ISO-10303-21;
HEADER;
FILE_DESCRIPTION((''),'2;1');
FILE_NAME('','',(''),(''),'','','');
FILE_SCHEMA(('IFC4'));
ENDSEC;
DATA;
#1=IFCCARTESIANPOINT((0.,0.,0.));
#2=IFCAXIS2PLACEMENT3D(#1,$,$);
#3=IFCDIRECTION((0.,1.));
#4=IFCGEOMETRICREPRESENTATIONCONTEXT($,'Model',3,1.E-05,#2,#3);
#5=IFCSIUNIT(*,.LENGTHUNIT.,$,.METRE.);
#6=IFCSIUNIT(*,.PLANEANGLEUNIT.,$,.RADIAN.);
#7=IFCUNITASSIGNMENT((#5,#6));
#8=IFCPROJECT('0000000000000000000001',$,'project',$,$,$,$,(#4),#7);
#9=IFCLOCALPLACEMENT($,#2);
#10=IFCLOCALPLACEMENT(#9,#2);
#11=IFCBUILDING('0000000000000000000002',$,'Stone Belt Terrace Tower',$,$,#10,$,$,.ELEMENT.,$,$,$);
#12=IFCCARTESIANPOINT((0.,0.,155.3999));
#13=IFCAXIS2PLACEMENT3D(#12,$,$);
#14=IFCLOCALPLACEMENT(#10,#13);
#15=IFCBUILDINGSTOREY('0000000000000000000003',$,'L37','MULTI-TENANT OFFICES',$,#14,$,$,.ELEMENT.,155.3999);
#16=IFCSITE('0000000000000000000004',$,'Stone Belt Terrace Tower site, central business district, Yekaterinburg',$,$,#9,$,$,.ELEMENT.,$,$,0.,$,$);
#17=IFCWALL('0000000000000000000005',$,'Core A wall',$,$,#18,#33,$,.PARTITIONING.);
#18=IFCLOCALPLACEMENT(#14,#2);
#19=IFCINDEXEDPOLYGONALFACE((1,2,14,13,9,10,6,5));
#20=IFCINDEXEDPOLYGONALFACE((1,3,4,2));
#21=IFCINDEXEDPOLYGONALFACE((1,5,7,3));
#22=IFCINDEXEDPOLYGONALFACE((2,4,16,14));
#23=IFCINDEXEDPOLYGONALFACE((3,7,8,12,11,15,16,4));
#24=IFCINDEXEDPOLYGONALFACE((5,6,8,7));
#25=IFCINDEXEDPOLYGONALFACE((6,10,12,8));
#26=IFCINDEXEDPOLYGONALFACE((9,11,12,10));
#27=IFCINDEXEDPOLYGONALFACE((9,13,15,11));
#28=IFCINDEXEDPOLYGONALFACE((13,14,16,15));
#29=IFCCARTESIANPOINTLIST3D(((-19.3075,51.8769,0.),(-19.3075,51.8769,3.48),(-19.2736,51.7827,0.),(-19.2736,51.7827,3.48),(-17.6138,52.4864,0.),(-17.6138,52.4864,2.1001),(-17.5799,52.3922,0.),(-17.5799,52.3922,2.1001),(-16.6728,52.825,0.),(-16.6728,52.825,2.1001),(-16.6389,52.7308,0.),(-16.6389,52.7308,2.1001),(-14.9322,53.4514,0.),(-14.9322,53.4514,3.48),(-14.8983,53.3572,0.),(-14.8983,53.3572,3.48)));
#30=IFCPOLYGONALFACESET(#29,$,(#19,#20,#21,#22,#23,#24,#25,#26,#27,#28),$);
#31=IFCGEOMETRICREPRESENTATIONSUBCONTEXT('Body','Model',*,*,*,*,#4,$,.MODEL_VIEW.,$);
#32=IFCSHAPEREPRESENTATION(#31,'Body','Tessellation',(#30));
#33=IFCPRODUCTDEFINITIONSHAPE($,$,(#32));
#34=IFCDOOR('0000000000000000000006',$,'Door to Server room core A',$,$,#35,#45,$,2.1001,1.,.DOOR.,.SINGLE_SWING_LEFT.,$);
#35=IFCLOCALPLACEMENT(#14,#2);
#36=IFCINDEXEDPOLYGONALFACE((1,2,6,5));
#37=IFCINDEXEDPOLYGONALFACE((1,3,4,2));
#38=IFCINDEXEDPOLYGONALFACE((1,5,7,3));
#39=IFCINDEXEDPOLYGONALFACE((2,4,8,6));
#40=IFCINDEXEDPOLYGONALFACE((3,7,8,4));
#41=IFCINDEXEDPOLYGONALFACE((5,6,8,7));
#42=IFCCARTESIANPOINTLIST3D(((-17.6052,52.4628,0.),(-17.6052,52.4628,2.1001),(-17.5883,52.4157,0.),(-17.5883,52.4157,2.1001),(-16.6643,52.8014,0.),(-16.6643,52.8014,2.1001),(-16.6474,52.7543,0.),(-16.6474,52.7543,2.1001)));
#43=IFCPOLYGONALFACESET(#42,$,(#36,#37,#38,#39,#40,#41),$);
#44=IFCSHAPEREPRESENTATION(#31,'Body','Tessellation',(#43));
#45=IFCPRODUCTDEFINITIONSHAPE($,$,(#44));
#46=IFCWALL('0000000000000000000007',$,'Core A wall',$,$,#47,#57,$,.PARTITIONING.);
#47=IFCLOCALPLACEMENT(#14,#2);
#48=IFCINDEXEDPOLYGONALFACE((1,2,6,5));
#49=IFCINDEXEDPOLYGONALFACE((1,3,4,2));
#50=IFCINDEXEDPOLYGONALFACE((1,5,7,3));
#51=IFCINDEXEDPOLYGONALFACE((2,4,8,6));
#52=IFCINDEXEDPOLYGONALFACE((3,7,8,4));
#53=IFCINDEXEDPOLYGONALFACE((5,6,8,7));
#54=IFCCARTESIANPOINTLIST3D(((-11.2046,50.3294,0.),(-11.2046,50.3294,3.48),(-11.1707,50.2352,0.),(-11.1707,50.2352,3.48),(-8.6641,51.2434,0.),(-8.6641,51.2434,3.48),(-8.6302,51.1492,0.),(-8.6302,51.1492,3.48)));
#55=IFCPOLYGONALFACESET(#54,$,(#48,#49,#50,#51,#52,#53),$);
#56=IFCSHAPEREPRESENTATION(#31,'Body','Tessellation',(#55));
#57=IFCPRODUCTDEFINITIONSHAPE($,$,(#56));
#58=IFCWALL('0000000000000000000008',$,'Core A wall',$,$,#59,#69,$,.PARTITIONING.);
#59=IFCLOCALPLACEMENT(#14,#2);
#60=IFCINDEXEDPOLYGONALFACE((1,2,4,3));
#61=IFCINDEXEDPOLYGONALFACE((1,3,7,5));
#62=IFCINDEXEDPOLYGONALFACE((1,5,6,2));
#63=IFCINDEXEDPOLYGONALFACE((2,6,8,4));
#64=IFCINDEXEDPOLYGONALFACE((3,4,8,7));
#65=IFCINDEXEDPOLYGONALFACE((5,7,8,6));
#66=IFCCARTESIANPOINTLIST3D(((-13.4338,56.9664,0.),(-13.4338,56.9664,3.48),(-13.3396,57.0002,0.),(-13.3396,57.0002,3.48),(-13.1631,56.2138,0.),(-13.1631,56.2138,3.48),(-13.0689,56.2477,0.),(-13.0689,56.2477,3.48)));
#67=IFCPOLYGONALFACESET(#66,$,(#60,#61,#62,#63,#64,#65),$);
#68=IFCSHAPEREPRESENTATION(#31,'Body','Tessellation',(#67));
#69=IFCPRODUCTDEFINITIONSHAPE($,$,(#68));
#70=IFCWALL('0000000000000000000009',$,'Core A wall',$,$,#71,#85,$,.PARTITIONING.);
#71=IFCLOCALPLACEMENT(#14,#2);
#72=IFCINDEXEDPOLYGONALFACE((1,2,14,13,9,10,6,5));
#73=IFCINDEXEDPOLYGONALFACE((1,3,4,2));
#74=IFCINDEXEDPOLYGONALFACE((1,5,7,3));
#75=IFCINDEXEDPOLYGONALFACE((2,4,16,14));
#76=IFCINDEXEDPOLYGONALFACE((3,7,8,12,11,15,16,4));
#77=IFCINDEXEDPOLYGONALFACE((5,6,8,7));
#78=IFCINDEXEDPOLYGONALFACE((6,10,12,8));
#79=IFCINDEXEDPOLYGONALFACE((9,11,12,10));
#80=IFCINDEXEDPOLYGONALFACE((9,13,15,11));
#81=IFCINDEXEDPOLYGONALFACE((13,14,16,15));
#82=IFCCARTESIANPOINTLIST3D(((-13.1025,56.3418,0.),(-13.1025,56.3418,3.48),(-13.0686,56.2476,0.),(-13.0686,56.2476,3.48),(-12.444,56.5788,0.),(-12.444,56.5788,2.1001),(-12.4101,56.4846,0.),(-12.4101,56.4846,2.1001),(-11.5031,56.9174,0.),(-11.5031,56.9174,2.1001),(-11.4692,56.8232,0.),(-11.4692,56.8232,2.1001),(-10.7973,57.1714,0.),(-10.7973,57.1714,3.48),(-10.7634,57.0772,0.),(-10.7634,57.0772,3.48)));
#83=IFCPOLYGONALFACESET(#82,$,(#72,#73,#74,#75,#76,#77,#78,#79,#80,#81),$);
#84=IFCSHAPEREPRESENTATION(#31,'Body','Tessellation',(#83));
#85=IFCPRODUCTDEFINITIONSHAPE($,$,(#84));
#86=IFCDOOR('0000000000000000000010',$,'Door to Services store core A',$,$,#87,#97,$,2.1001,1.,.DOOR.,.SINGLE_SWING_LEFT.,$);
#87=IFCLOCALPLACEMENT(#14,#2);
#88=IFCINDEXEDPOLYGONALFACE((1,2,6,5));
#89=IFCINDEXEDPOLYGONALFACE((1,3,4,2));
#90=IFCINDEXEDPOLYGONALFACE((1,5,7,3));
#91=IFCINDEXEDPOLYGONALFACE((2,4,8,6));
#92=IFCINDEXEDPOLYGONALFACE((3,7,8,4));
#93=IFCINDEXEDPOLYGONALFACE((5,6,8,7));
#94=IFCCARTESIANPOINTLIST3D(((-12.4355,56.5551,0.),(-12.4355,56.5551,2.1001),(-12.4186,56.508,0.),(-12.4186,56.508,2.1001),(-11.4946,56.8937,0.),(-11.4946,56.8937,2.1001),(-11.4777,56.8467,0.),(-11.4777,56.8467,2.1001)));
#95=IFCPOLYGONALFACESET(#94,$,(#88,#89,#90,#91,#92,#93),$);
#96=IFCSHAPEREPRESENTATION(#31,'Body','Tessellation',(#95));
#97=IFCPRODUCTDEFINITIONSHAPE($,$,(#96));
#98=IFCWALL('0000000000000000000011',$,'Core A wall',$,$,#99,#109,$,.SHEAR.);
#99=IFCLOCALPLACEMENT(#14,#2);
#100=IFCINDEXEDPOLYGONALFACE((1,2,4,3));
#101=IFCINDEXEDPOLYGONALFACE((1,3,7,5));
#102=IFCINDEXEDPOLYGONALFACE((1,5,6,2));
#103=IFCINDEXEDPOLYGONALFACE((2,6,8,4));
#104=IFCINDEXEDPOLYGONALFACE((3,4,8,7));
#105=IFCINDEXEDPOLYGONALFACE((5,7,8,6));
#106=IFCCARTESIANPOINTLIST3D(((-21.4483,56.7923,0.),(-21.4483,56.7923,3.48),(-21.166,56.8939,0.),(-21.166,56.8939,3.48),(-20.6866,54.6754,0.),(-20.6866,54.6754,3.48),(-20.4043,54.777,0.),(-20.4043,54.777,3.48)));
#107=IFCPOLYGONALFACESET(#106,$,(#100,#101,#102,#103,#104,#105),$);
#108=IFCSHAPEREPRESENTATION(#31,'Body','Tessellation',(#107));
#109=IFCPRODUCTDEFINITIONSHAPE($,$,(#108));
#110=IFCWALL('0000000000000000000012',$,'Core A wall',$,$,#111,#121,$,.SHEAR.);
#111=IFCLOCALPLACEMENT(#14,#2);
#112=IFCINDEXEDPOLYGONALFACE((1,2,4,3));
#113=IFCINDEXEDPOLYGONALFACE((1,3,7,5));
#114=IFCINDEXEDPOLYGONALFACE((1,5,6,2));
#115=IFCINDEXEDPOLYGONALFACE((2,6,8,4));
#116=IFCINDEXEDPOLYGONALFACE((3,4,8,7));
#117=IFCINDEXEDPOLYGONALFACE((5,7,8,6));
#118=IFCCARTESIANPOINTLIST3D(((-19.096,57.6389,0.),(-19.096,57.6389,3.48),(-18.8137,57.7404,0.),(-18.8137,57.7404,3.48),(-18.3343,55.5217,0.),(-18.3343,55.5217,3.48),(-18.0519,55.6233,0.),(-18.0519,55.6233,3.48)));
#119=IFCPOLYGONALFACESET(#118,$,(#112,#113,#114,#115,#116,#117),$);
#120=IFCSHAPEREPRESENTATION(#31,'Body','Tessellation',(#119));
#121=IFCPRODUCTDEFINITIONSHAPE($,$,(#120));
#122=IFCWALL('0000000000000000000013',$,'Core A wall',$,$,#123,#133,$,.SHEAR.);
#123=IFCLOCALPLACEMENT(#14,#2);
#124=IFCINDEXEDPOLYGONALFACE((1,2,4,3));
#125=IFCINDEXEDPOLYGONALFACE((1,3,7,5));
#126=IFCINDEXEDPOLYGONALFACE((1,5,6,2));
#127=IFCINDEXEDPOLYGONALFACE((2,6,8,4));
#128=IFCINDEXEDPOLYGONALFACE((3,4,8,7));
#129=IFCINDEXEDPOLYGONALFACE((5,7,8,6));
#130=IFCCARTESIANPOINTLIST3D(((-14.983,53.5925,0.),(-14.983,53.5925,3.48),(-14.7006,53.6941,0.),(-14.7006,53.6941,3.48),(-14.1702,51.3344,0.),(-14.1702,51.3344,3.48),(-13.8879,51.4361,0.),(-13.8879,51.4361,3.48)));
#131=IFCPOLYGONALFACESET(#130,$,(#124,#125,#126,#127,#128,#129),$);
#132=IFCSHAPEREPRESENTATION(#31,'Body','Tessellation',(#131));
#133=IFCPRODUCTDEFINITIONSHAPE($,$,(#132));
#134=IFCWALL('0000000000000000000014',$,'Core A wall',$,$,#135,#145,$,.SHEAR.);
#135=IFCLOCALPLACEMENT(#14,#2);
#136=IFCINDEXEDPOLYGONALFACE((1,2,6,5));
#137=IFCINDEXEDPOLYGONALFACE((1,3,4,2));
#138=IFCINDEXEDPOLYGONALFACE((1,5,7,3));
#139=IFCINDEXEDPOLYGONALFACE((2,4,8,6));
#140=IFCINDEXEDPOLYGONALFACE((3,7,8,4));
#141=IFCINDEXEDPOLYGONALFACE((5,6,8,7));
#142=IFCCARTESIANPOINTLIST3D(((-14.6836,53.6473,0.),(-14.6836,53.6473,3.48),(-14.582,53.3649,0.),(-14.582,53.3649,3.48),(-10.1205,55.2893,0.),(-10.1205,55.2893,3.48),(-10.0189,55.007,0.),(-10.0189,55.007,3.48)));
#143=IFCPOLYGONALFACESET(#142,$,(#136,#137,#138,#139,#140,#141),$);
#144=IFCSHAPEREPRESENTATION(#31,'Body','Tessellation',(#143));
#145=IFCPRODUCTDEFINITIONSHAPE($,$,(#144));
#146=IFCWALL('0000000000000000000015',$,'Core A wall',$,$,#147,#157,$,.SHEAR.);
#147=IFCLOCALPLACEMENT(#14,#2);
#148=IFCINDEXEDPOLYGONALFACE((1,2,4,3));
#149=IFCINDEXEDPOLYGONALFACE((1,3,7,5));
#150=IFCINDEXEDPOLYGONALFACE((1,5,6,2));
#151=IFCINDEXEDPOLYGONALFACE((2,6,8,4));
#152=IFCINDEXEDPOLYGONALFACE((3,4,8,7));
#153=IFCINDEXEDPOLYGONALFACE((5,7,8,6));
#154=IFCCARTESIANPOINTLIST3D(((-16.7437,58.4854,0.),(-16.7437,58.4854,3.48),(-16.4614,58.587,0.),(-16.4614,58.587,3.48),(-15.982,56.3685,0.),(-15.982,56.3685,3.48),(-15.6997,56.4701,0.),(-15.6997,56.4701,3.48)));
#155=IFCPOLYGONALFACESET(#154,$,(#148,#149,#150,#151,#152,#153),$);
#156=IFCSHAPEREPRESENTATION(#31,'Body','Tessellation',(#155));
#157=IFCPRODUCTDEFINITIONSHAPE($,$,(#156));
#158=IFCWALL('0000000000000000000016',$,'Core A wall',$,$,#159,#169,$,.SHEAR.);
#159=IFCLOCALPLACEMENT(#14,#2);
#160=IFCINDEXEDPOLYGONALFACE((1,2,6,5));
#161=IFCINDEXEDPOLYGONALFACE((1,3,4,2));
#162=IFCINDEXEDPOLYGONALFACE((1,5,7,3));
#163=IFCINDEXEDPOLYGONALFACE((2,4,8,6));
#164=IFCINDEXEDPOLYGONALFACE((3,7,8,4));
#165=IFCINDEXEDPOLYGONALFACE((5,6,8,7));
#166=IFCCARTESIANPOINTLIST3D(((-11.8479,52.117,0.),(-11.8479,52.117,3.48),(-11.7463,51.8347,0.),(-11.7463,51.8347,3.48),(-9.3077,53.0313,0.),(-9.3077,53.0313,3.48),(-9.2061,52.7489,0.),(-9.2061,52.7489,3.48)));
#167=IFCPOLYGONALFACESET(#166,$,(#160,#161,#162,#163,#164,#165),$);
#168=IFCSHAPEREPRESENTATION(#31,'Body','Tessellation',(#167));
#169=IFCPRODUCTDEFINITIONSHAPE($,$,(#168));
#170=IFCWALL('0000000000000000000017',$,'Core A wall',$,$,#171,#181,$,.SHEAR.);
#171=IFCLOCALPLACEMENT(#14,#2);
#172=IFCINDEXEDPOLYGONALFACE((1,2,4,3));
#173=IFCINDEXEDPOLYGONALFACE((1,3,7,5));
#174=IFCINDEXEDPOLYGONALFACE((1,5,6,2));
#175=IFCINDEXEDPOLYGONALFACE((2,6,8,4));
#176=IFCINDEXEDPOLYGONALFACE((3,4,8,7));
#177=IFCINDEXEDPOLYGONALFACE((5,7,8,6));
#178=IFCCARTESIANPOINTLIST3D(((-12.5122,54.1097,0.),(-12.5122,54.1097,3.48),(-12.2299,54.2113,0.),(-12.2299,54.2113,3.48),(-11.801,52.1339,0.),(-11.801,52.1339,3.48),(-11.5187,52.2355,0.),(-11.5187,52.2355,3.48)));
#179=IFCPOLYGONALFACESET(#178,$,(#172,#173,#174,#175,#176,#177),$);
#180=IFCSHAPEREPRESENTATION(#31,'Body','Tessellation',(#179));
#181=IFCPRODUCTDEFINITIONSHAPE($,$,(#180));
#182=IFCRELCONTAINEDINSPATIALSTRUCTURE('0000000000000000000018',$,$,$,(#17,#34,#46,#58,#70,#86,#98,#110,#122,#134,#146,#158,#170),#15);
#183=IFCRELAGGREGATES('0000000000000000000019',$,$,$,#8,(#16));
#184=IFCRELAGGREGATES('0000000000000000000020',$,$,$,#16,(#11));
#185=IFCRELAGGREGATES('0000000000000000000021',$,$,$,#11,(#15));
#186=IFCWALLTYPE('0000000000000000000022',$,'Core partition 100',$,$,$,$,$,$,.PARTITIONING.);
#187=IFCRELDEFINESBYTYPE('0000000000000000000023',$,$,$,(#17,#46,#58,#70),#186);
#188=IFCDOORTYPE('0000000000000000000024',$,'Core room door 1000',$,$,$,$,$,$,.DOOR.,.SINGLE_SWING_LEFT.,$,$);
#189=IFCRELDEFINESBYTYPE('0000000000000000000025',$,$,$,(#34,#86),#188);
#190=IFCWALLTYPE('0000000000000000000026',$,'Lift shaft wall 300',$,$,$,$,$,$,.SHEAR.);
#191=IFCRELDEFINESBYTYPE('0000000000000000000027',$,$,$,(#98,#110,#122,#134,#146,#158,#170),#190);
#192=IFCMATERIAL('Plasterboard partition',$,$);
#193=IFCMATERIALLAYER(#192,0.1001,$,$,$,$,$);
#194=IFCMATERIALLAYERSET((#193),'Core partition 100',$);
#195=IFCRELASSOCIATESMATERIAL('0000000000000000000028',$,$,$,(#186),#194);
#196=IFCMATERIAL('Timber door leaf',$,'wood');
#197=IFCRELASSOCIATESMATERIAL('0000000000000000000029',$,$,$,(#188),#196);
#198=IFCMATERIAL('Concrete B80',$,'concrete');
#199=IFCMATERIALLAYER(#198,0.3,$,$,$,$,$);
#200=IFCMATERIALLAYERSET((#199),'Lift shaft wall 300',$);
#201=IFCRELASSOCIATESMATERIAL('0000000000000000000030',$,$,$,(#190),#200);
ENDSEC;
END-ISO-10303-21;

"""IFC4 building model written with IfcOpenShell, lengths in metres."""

from ifc_helpers import new_model, si_unit, direction, frame, frame_2d, origin, place, context, subcontext, project, spatial, rectangle, extrude, material, layer, layer_set, type_object, element, fill, save


model = new_model("IFC4")

# Units and contexts
model_context = context("Model", 3, precision=1e-05, world=origin(), true_north=direction((0.0, 1.0)))
body_context = subcontext(model_context, "Body", "Model", "MODEL_VIEW")
ifc_project = project(units=[si_unit("LENGTHUNIT", "METRE"), si_unit("PLANEANGLEUNIT", "RADIAN")], contexts=[model_context])

# Site, building, storey
site_placement = place(None, origin())
site = spatial("IfcSite", under=ifc_project, at=site_placement, Name="Stone Belt Terrace Tower site, central business district, Yekaterinburg", CompositionType="ELEMENT", RefElevation=0.0)
building_placement = place(site_placement, origin())
building = spatial("IfcBuilding", under=site, at=building_placement, Name="Stone Belt Terrace Tower", CompositionType="ELEMENT")
storey_placement = place(building_placement, frame((0.0, 0.0, 155.3999)))
storey = spatial("IfcBuildingStorey", under=building, at=storey_placement, Name="L37", Description="MULTI-TENANT OFFICES", CompositionType="ELEMENT", Elevation=155.3999)

# Shared definitions
ifc_material_1 = material(Name="Concrete B80", Category="concrete")

# Wall, opening, door
ifc_material_2 = material(Name="Plasterboard partition")
ifc_layer_1 = layer(ifc_material_2, 0.1001)
ifc_layer_set_1 = layer_set([ifc_layer_1], Name="Core partition 100")
wall_type_1 = type_object("IfcWallType", Name="Core partition 100", PredefinedType="PARTITIONING", material=ifc_layer_set_1)
wall_1_placement = place(storey_placement, frame((-19.2905, 51.8298, 0.0), z_axis=(0.0, 0.0, 1.0), x_axis=(0.94093, 0.3386, 0.0)))
wall_1 = element("IfcWall", 1, at=wall_1_placement, inside=storey, type_object=wall_type_1, Name="Core A wall", PredefinedType="PARTITIONING", context=body_context, shape_type="SweptSolid", body=[
    extrude(rectangle(XDim=4.6499, YDim=0.1001, at=frame_2d((2.325, 0.0))), origin(), (0.0, 0.0, 1.0), 3.48),
])
opening_1_placement = place(wall_1_placement, frame((1.8, 0.0, 0.0)))
opening_1 = element("IfcOpeningElement", 2, at=opening_1_placement, cuts=wall_1, PredefinedType="OPENING", context=body_context, shape_type="SweptSolid", body=[
    extrude(rectangle(XDim=1.0, YDim=2.1001, at=frame_2d((0.5, 1.05))), frame((0.0, 0.0601, 0.0), z_axis=(0.0, -1.0, 0.0), x_axis=(1.0, 0.0, 0.0)), (0.0, 0.0, 1.0), 0.1201),
])
ifc_material_3 = material(Name="Timber door leaf", Category="wood")
door_type_1 = type_object("IfcDoorType", Name="Core room door 1000", OperationType="SINGLE_SWING_LEFT", PredefinedType="DOOR", material=ifc_material_3)
door_1_placement = place(opening_1_placement, origin())
door_1 = element("IfcDoor", 3, at=door_1_placement, inside=storey, type_object=door_type_1, Name="Door to Server room core A", OperationType="SINGLE_SWING_LEFT", OverallHeight=2.1001, OverallWidth=1.0, PredefinedType="DOOR", context=body_context, shape_type="SweptSolid", body=[
    extrude(rectangle(XDim=1.0, YDim=2.1001, at=frame_2d((0.5, 1.05))), frame((0.0, 0.0249, 0.0), z_axis=(0.0, -1.0, 0.0), x_axis=(1.0, 0.0, 0.0)), (0.0, 0.0, 1.0), 0.05),
])
fill(opening_1, door_1)

# Walls
wall_2_placement = place(storey_placement, frame((-11.1877, 50.2822, 0.0), z_axis=(0.0, 0.0, 1.0), x_axis=(0.94095, 0.338547, 0.0)))
element("IfcWall", 4, at=wall_2_placement, inside=storey, type_object=wall_type_1, Name="Core A wall", PredefinedType="PARTITIONING", context=body_context, shape_type="SweptSolid", body=[
    extrude(rectangle(XDim=2.7, YDim=0.1001, at=frame_2d((1.3501, 0.0))), origin(), (0.0, 0.0, 1.0), 3.48),
])
wall_3_placement = place(storey_placement, frame((-13.116, 56.2307, 0.0), z_axis=(0.0, 0.0, 1.0), x_axis=(-0.338482, 0.940973, 0.0)))
element("IfcWall", 5, at=wall_3_placement, inside=storey, type_object=wall_type_1, Name="Core A wall", PredefinedType="PARTITIONING", context=body_context, shape_type="SweptSolid", body=[
    extrude(rectangle(XDim=0.7998, YDim=0.1001, at=frame_2d((0.3999, 0.0))), origin(), (0.0, 0.0, 1.0), 3.48),
])

# Wall, opening, door
wall_4_placement = place(storey_placement, frame((-13.0857, 56.2947, 0.0), z_axis=(0.0, 0.0, 1.0), x_axis=(0.940923, 0.338621, 0.0)))
wall_4 = element("IfcWall", 6, at=wall_4_placement, inside=storey, type_object=wall_type_1, Name="Core A wall", PredefinedType="PARTITIONING", context=body_context, shape_type="SweptSolid", body=[
    extrude(rectangle(XDim=2.45, YDim=0.1001, at=frame_2d((1.2251, 0.0))), origin(), (0.0, 0.0, 1.0), 3.48),
])
opening_2_placement = place(wall_4_placement, frame((0.7, 0.0, 0.0)))
opening_2 = element("IfcOpeningElement", 7, at=opening_2_placement, cuts=wall_4, PredefinedType="OPENING", context=body_context, shape_type="SweptSolid", body=[
    extrude(rectangle(XDim=1.0, YDim=2.1001, at=frame_2d((0.5, 1.05))), frame((0.0, 0.0601, 0.0), z_axis=(0.0, -1.0, 0.0), x_axis=(1.0, 0.0, 0.0)), (0.0, 0.0, 1.0), 0.1201),
])
door_2_placement = place(opening_2_placement, origin())
door_2 = element("IfcDoor", 8, at=door_2_placement, inside=storey, type_object=door_type_1, Name="Door to Services store core A", OperationType="SINGLE_SWING_LEFT", OverallHeight=2.1001, OverallWidth=1.0, PredefinedType="DOOR", context=body_context, shape_type="SweptSolid", body=[
    extrude(rectangle(XDim=1.0, YDim=2.1001, at=frame_2d((0.5, 1.05))), frame((0.0, 0.0249, 0.0), z_axis=(0.0, -1.0, 0.0), x_axis=(1.0, 0.0, 0.0)), (0.0, 0.0, 1.0), 0.05),
])
fill(opening_2, door_2)

# Walls
ifc_layer_2 = layer(ifc_material_1, 0.3)
ifc_layer_set_2 = layer_set([ifc_layer_2], Name="Lift shaft wall 300")
wall_type_2 = type_object("IfcWallType", Name="Lift shaft wall 300", PredefinedType="SHEAR", material=ifc_layer_set_2)
wall_5_placement = place(storey_placement, frame((-20.5454, 54.7261, 0.0), z_axis=(0.0, 0.0, 1.0), x_axis=(-0.33857, 0.940941, 0.0)))
element("IfcWall", 9, at=wall_5_placement, inside=storey, type_object=wall_type_2, Name="Core A wall", PredefinedType="SHEAR", context=body_context, shape_type="SweptSolid", body=[
    extrude(rectangle(XDim=2.2498, YDim=0.3, at=frame_2d((1.125, 0.0))), origin(), (0.0, 0.0, 1.0), 3.48),
])
wall_6_placement = place(storey_placement, frame((-18.1931, 55.5725, 0.0), z_axis=(0.0, 0.0, 1.0), x_axis=(-0.338535, 0.940954, 0.0)))
element("IfcWall", 10, at=wall_6_placement, inside=storey, type_object=wall_type_2, Name="Core A wall", PredefinedType="SHEAR", context=body_context, shape_type="SweptSolid", body=[
    extrude(rectangle(XDim=2.25, YDim=0.3, at=frame_2d((1.125, 0.0))), origin(), (0.0, 0.0, 1.0), 3.48),
])
wall_7_placement = place(storey_placement, frame((-14.0291, 51.3853, 0.0), z_axis=(0.0, 0.0, 1.0), x_axis=(-0.338662, 0.940908, 0.0)))
element("IfcWall", 11, at=wall_7_placement, inside=storey, type_object=wall_type_2, Name="Core A wall", PredefinedType="SHEAR", context=body_context, shape_type="SweptSolid", body=[
    extrude(rectangle(XDim=2.3999, YDim=0.3, at=frame_2d((1.2, 0.0))), origin(), (0.0, 0.0, 1.0), 3.48),
])
wall_8_placement = place(storey_placement, frame((-14.6328, 53.5061, 0.0), z_axis=(0.0, 0.0, 1.0), x_axis=(0.940932, 0.338596, 0.0)))
element("IfcWall", 12, at=wall_8_placement, inside=storey, type_object=wall_type_2, Name="Core A wall", PredefinedType="SHEAR", context=body_context, shape_type="SweptSolid", body=[
    extrude(rectangle(XDim=4.8496, YDim=0.3, at=frame_2d((2.4248, 0.0))), origin(), (0.0, 0.0, 1.0), 3.48),
])
wall_9_placement = place(storey_placement, frame((-15.8408, 56.4192, 0.0), z_axis=(0.0, 0.0, 1.0), x_axis=(-0.33857, 0.940941, 0.0)))
element("IfcWall", 13, at=wall_9_placement, inside=storey, type_object=wall_type_2, Name="Core A wall", PredefinedType="SHEAR", context=body_context, shape_type="SweptSolid", body=[
    extrude(rectangle(XDim=2.2498, YDim=0.3, at=frame_2d((1.125, 0.0))), origin(), (0.0, 0.0, 1.0), 3.48),
])
wall_10_placement = place(storey_placement, frame((-11.7971, 51.9758, 0.0), z_axis=(0.0, 0.0, 1.0), x_axis=(0.94091, 0.338655, 0.0)))
element("IfcWall", 14, at=wall_10_placement, inside=storey, type_object=wall_type_2, Name="Core A wall", PredefinedType="SHEAR", context=body_context, shape_type="SweptSolid", body=[
    extrude(rectangle(XDim=2.6997, YDim=0.3, at=frame_2d((1.3499, 0.0))), origin(), (0.0, 0.0, 1.0), 3.48),
])
wall_11_placement = place(storey_placement, frame((-11.6599, 52.1848, 0.0), z_axis=(0.0, 0.0, 1.0), x_axis=(-0.33867, 0.940905, 0.0)))
element("IfcWall", 15, at=wall_11_placement, inside=storey, type_object=wall_type_2, Name="Core A wall", PredefinedType="SHEAR", context=body_context, shape_type="SweptSolid", body=[
    extrude(rectangle(XDim=2.0999, YDim=0.3, at=frame_2d((1.0498, 0.0))), origin(), (0.0, 0.0, 1.0), 3.48),
])

save(model, "model.ifc")
